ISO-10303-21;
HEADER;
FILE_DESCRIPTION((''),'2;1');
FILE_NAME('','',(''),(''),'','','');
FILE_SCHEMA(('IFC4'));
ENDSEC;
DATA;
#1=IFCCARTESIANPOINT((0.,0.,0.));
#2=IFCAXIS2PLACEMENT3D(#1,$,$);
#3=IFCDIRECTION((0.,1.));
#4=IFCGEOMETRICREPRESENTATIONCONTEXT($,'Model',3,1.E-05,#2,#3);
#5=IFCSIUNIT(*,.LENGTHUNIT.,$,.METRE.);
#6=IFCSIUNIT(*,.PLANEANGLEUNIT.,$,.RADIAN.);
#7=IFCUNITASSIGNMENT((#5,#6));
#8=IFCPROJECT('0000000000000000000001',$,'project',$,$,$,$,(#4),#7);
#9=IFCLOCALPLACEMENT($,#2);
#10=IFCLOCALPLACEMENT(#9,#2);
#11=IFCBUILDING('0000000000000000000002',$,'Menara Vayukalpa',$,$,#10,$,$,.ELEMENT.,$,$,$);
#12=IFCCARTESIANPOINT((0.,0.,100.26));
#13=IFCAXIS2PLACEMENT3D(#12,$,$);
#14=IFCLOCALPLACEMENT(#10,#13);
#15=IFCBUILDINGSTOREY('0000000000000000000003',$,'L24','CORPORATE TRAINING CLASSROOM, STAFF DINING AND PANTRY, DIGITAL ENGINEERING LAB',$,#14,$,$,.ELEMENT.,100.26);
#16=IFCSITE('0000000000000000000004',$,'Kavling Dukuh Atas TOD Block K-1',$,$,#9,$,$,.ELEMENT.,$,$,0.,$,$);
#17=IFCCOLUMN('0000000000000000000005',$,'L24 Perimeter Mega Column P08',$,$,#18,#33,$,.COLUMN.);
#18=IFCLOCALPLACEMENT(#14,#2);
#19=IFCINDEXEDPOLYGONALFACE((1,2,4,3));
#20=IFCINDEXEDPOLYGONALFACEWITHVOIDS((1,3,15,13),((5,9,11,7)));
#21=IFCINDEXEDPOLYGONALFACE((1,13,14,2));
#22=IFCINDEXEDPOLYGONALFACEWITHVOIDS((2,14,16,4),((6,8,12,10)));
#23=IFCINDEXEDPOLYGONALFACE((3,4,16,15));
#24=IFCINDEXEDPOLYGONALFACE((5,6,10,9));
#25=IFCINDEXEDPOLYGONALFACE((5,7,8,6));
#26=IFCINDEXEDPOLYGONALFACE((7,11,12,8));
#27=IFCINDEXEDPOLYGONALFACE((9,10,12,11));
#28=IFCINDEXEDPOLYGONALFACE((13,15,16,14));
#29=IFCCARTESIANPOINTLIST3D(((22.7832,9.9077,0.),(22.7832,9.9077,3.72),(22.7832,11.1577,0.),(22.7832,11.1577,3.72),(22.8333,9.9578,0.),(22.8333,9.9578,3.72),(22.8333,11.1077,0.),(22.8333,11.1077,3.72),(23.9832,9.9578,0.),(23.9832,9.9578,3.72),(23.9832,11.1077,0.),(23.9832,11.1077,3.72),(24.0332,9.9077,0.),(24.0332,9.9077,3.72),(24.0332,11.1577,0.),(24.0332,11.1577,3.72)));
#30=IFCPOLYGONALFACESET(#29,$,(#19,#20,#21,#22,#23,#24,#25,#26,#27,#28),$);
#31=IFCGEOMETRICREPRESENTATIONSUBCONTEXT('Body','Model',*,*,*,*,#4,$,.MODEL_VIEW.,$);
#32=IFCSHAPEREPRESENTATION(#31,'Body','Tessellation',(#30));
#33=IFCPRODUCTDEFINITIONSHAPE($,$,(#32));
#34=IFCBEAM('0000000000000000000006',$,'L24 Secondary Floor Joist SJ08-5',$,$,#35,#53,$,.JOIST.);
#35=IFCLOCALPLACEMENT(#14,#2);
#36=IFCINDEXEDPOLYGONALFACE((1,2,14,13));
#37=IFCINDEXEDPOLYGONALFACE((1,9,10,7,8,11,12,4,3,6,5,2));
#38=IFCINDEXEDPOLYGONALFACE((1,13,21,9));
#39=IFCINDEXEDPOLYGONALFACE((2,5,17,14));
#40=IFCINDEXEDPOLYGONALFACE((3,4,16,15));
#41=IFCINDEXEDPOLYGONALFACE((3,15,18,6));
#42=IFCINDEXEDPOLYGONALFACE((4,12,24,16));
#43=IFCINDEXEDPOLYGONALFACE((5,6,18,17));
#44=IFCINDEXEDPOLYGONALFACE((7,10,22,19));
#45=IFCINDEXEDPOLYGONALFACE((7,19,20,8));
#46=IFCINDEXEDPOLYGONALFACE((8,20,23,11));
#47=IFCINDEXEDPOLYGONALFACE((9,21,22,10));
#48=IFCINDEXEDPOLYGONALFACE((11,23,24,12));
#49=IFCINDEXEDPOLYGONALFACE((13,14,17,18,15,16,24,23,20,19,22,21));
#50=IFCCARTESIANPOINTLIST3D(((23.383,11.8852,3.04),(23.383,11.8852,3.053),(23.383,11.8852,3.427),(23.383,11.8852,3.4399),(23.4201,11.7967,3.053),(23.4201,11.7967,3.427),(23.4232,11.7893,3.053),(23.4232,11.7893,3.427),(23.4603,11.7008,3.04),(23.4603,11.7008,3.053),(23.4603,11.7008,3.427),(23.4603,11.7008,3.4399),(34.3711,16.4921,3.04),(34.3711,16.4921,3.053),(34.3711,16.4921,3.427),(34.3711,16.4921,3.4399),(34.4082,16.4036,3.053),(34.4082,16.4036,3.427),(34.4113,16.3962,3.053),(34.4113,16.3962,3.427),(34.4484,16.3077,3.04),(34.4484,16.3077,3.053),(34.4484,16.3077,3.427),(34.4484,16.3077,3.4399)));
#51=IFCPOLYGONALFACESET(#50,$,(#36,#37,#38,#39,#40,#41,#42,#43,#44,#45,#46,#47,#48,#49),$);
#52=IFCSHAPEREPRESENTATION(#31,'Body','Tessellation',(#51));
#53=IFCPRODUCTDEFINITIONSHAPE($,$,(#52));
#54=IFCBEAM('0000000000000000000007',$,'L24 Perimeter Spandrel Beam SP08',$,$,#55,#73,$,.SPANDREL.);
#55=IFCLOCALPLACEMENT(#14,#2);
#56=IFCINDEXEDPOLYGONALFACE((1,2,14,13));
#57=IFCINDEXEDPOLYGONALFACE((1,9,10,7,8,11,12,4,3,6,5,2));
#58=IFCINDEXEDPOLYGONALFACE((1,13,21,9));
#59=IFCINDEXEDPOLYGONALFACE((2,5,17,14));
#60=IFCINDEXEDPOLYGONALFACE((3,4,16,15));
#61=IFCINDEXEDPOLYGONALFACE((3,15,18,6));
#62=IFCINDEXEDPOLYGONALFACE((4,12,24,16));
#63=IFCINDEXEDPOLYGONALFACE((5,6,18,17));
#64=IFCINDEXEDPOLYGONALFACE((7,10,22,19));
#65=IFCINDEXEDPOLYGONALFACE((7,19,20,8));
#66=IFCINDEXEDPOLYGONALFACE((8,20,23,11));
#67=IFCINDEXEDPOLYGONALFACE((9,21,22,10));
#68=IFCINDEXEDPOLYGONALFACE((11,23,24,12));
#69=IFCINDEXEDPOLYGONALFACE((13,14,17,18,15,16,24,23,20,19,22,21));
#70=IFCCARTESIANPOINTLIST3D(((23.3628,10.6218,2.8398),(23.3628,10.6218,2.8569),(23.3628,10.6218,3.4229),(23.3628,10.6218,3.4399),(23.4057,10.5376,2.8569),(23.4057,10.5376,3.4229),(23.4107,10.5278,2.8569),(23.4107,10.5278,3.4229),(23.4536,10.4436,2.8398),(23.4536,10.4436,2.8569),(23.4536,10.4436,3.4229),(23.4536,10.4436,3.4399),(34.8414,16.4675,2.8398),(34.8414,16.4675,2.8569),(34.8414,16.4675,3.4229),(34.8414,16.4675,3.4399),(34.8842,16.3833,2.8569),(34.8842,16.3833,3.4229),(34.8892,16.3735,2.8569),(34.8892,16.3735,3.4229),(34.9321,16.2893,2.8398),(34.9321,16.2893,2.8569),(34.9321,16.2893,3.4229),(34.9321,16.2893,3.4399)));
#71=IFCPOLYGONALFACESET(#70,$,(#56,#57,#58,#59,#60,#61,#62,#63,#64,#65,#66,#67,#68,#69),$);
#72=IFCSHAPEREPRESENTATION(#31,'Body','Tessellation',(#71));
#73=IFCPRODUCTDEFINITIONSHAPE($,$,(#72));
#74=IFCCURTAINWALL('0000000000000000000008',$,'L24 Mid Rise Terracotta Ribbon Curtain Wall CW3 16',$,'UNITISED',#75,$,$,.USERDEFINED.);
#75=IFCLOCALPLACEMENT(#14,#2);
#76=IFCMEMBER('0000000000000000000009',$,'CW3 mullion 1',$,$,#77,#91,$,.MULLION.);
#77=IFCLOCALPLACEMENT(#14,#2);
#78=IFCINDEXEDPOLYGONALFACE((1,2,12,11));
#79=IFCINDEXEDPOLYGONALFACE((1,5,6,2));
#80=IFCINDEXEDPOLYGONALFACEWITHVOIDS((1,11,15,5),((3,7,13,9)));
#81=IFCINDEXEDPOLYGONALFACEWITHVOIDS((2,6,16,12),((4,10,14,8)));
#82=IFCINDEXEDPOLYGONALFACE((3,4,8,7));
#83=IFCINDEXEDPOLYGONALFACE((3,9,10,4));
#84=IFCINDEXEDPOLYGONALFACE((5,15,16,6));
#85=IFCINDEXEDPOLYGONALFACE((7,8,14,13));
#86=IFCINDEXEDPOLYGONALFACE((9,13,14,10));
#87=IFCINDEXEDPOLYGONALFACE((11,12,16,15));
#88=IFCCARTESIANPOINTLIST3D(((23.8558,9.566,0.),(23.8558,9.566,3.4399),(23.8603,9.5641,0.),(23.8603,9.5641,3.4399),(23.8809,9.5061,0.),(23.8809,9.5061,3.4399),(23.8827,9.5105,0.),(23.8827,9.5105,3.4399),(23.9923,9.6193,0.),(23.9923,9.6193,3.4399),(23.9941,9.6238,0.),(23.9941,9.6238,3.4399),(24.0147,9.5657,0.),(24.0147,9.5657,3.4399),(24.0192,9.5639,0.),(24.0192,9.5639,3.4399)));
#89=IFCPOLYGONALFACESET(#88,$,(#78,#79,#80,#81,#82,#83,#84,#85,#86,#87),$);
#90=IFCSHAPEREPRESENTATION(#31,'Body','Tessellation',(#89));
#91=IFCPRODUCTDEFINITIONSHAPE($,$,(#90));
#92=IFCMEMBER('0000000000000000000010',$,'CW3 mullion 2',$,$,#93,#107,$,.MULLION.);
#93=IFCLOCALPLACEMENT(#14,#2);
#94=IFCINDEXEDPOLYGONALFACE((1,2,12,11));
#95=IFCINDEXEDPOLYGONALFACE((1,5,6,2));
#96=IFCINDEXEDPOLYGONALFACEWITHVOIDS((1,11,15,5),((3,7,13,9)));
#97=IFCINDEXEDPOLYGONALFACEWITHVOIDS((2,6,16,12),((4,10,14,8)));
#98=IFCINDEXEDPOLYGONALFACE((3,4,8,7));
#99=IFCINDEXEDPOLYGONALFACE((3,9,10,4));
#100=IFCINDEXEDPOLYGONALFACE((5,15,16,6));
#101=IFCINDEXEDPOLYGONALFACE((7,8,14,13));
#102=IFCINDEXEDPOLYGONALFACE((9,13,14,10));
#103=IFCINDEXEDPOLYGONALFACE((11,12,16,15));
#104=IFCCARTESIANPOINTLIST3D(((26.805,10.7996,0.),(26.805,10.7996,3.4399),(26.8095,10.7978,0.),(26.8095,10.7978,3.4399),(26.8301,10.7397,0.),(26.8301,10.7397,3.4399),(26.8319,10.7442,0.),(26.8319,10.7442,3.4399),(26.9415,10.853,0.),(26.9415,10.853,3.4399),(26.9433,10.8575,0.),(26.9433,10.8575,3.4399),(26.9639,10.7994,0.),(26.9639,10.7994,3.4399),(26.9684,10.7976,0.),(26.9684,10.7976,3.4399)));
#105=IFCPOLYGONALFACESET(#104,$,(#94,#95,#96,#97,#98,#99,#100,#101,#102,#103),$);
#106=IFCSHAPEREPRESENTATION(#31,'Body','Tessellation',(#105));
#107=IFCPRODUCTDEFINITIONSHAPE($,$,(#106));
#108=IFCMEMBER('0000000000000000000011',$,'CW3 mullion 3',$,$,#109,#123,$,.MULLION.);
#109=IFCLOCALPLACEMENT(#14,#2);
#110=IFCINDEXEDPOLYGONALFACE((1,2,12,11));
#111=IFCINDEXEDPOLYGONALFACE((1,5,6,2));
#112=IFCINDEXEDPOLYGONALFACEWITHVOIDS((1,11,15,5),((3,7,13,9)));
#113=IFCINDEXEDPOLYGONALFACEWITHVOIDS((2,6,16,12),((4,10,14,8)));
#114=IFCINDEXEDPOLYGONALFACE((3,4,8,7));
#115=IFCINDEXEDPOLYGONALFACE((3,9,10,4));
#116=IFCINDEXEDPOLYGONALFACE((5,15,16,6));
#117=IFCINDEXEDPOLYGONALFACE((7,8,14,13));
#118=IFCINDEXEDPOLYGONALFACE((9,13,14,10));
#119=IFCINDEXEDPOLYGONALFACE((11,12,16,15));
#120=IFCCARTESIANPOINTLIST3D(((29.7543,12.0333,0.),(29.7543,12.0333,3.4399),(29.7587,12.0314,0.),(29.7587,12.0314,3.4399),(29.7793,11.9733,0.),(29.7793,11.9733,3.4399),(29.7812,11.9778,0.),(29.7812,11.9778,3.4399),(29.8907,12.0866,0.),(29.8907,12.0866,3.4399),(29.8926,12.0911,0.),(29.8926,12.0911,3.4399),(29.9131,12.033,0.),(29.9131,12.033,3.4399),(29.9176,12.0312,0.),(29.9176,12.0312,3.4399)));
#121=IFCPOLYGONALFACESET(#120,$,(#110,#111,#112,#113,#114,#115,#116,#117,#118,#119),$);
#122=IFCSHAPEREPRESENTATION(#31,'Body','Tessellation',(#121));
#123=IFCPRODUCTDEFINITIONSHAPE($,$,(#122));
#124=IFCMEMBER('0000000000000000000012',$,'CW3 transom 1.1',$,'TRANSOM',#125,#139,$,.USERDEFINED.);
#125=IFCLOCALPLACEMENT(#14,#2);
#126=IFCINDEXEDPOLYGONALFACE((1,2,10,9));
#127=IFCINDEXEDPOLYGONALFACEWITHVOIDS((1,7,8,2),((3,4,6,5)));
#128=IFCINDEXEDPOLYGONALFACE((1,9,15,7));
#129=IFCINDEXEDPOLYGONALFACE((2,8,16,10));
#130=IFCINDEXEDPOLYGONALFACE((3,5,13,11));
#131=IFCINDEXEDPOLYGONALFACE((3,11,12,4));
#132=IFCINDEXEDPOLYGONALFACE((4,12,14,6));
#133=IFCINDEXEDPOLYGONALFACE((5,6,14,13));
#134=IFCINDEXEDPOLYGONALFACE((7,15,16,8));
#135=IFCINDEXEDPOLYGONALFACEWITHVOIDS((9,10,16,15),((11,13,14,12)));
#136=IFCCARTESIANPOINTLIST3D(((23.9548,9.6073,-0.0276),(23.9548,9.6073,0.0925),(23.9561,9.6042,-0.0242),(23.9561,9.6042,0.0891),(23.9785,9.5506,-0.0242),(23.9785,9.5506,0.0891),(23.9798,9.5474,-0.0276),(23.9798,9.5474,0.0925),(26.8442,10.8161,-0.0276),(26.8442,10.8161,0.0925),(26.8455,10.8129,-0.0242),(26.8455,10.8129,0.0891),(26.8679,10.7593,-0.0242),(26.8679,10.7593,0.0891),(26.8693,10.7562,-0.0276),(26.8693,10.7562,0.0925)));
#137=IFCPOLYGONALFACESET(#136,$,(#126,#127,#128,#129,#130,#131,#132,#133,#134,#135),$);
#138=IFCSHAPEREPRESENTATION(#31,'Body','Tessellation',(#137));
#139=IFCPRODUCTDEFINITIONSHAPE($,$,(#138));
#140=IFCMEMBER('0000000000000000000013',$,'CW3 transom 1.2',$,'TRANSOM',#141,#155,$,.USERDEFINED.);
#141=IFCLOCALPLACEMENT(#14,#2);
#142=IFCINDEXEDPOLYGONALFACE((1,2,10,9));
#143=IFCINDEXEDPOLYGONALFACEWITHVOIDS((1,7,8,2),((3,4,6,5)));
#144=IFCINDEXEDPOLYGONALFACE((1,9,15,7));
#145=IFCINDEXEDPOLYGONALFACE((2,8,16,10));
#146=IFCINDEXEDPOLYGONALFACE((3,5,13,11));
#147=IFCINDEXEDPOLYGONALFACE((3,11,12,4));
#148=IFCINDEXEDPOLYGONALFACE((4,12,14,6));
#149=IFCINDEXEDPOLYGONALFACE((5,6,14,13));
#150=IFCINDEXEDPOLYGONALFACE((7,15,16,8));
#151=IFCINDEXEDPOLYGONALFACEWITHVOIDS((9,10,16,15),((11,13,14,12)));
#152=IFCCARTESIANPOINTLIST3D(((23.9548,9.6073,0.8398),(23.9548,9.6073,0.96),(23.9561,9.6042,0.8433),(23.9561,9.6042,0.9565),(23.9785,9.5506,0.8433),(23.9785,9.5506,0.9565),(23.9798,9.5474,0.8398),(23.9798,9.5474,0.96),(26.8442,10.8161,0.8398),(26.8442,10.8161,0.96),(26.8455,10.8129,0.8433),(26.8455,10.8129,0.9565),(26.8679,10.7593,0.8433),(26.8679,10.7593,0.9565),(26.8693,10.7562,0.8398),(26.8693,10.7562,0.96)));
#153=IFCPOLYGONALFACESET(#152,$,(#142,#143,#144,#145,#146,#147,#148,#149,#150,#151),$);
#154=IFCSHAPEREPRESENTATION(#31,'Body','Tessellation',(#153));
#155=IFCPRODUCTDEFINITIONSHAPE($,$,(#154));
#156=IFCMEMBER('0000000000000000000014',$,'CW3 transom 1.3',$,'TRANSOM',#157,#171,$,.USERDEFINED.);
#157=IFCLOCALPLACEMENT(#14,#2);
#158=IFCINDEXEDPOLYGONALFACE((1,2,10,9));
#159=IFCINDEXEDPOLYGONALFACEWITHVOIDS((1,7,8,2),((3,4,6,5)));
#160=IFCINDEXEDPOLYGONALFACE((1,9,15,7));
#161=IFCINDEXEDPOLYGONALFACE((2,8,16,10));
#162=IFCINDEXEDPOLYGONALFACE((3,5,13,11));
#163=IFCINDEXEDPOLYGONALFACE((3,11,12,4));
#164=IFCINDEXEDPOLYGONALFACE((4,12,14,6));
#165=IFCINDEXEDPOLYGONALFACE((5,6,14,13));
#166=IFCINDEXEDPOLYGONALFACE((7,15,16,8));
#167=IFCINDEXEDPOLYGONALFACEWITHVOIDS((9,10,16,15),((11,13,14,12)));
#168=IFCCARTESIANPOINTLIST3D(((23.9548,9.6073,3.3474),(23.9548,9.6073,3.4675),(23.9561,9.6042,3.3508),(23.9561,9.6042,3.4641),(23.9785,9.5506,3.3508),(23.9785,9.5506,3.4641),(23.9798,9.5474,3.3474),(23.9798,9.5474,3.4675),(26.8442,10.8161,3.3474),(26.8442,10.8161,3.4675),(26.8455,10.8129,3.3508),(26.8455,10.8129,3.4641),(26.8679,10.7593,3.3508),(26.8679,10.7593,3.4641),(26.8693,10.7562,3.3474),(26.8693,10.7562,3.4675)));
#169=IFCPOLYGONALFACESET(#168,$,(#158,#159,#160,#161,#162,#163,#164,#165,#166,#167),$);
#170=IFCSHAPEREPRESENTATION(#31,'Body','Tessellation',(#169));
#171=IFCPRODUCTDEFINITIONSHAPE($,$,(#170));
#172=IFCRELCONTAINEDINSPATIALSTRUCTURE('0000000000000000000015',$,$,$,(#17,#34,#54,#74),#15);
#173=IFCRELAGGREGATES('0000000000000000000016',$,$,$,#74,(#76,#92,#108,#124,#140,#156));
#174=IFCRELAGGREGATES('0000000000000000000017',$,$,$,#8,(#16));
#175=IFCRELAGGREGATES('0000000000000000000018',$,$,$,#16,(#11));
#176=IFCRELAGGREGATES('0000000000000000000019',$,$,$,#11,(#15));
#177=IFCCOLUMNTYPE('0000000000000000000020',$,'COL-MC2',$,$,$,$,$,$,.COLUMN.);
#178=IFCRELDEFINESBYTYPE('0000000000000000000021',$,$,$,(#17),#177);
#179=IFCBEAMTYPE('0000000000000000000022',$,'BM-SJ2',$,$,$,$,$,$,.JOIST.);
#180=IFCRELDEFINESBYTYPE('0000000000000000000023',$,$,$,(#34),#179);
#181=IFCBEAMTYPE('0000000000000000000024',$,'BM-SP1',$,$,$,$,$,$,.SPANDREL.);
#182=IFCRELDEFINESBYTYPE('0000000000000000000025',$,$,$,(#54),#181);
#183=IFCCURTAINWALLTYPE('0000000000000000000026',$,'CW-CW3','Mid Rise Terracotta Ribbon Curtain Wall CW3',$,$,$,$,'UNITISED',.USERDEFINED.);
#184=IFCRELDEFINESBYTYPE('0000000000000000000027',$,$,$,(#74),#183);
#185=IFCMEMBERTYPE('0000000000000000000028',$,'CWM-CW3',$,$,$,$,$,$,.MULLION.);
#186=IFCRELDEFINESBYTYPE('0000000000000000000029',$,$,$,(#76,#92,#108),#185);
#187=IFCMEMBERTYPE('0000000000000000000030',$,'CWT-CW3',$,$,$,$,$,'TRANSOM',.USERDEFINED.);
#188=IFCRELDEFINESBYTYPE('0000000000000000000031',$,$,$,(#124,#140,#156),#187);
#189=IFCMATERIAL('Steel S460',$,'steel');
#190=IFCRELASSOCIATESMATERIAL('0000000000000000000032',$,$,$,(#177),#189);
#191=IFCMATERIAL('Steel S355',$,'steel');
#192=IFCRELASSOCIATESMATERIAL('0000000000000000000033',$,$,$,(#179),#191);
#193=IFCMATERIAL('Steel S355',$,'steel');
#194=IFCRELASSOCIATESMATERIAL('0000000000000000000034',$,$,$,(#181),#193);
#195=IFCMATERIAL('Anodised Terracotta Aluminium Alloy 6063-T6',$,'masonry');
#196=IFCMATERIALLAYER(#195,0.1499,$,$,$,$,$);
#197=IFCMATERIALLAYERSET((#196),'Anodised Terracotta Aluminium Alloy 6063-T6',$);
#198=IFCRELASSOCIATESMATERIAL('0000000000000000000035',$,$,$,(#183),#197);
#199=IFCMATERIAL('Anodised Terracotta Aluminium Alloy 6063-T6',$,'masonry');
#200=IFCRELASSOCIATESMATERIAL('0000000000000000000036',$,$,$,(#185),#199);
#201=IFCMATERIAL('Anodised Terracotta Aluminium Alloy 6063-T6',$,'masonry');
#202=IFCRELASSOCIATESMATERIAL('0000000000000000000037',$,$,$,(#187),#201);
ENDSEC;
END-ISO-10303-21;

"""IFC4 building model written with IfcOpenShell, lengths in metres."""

from ifc_helpers import new_model, si_unit, direction, frame, origin, origin_2d, place, context, subcontext, project, spatial, hollow_rectangle, i_section, extrude, material, layer, layer_set, material_profile, profile_set, type_object, element, aggregate, save


model = new_model("IFC4")

# Units and contexts
model_context = context("Model", 3, precision=1e-05, world=origin(), true_north=direction((0.0, 1.0)))
body_context = subcontext(model_context, "Body", "Model", "MODEL_VIEW")
ifc_project = project(units=[si_unit("LENGTHUNIT", "METRE"), si_unit("PLANEANGLEUNIT", "RADIAN")], contexts=[model_context])

# Site, building, storey
site_placement = place(None, origin())
site = spatial("IfcSite", under=ifc_project, at=site_placement, Name="Kavling Dukuh Atas TOD Block K-1", CompositionType="ELEMENT", RefElevation=0.0)
building_placement = place(site_placement, origin())
building = spatial("IfcBuilding", under=site, at=building_placement, Name="Menara Vayukalpa", CompositionType="ELEMENT")
storey_placement = place(building_placement, frame((0.0, 0.0, 100.26)))
storey = spatial("IfcBuildingStorey", under=building, at=storey_placement, Name="L24", Description="CORPORATE TRAINING CLASSROOM, STAFF DINING AND PANTRY, DIGITAL ENGINEERING LAB", CompositionType="ELEMENT", Elevation=100.26)

# Column
ifc_material_1 = material(Name="Steel S460", Category="steel")
ifc_material_profile_1 = material_profile(ifc_material_1, hollow_rectangle(XDim=1.25, YDim=1.25, WallThickness=0.05, at=origin_2d()), Name="BOX 1250x1250x50")
ifc_profile_set_1 = profile_set([ifc_material_profile_1], Name="Steel S460")
column_type = type_object("IfcColumnType", Name="COL-MC2", PredefinedType="COLUMN", material=ifc_profile_set_1)
column_placement = place(storey_placement, frame((23.4082, 10.5327, 0.0), z_axis=(0.0, 0.0, 1.0), x_axis=(1.0, 0.0, 0.0)))
element("IfcColumn", 1, at=column_placement, inside=storey, type_object=column_type, Name="L24 Perimeter Mega Column P08", PredefinedType="COLUMN", context=body_context, shape_type="SweptSolid", body=[
    extrude(hollow_rectangle(XDim=1.25, YDim=1.25, WallThickness=0.05, at=origin_2d()), origin(), (0.0, 0.0, 1.0), 3.72),
])

# Beams
ifc_material_2 = material(Name="Steel S355", Category="steel")
ifc_material_profile_2 = material_profile(ifc_material_2, i_section(OverallWidth=0.2, OverallDepth=0.3999, WebThickness=0.0081, FlangeThickness=0.0129, at=origin_2d()), Name="WF 400x200x8x13")
ifc_profile_set_2 = profile_set([ifc_material_profile_2], Name="Steel S355")
beam_type_1 = type_object("IfcBeamType", Name="BM-SJ2", PredefinedType="JOIST", material=ifc_profile_set_2)
beam_1_placement = place(storey_placement, frame((23.4216, 11.793, 3.24), z_axis=(0.922223, 0.386659, 0.0), x_axis=(-0.386659, 0.922223, 0.0)))
element("IfcBeam", 2, at=beam_1_placement, inside=storey, type_object=beam_type_1, Name="L24 Secondary Floor Joist SJ08-5", PredefinedType="JOIST", context=body_context, shape_type="SweptSolid", body=[
    extrude(i_section(OverallWidth=0.2, OverallDepth=0.3999, WebThickness=0.0081, FlangeThickness=0.0129, at=origin_2d()), origin(), (0.0, 0.0, 1.0), 11.9148),
])
ifc_material_3 = material(Name="Steel S355", Category="steel")
ifc_material_profile_3 = material_profile(ifc_material_3, i_section(OverallWidth=0.2, OverallDepth=0.6001, WebThickness=0.011, FlangeThickness=0.0171, at=origin_2d()), Name="WF 600x200x11x17")
ifc_profile_set_3 = profile_set([ifc_material_profile_3], Name="Steel S355")
beam_type_2 = type_object("IfcBeamType", Name="BM-SP1", PredefinedType="SPANDREL", material=ifc_profile_set_3)
beam_2_placement = place(storey_placement, frame((23.4082, 10.5327, 3.1399), z_axis=(0.891097, 0.453812, 0.0), x_axis=(-0.453812, 0.891097, 0.0)))
element("IfcBeam", 3, at=beam_2_placement, inside=storey, type_object=beam_type_2, Name="L24 Perimeter Spandrel Beam SP08", PredefinedType="SPANDREL", context=body_context, shape_type="SweptSolid", body=[
    extrude(i_section(OverallWidth=0.2, OverallDepth=0.6001, WebThickness=0.011, FlangeThickness=0.0171, at=origin_2d()), origin(), (0.0, 0.0, 1.0), 12.8813),
])

# Curtain wall, members
ifc_material_4 = material(Name="Anodised Terracotta Aluminium Alloy 6063-T6", Category="masonry")
ifc_layer_1 = layer(ifc_material_4, 0.1499)
ifc_layer_set_1 = layer_set([ifc_layer_1], Name="Anodised Terracotta Aluminium Alloy 6063-T6")
curtain_wall_type = type_object("IfcCurtainWallType", Name="CW-CW3", Description="Mid Rise Terracotta Ribbon Curtain Wall CW3", ElementType="UNITISED", PredefinedType="USERDEFINED", material=ifc_layer_set_1)
curtain_wall_placement = place(storey_placement, origin())
curtain_wall = element("IfcCurtainWall", 4, at=curtain_wall_placement, inside=storey, type_object=curtain_wall_type, Name="L24 Mid Rise Terracotta Ribbon Curtain Wall CW3 16", ObjectType="UNITISED", PredefinedType="USERDEFINED")
ifc_material_5 = material(Name="Anodised Terracotta Aluminium Alloy 6063-T6", Category="masonry")
ifc_material_profile_4 = material_profile(ifc_material_5, hollow_rectangle(XDim=0.0649, YDim=0.1499, WallThickness=0.0034, at=origin_2d()), Name="ALU 65x150x3.5")
ifc_profile_set_4 = profile_set([ifc_material_profile_4], Name="Anodised Terracotta Aluminium Alloy 6063-T6")
member_type_1 = type_object("IfcMemberType", Name="CWM-CW3", PredefinedType="MULLION", material=ifc_profile_set_4)
member_1_placement = place(storey_placement, frame((23.9375, 9.5649, 0.0), z_axis=(0.0, 0.0, 1.0), x_axis=(-0.385894, 0.922543, 0.0)))
member_1 = element("IfcMember", 5, at=member_1_placement, type_object=member_type_1, Name="CW3 mullion 1", PredefinedType="MULLION", context=body_context, shape_type="SweptSolid", body=[
    extrude(hollow_rectangle(XDim=0.0649, YDim=0.1499, WallThickness=0.0034, at=origin_2d()), origin(), (0.0, 0.0, 1.0), 3.4399),
])
member_2_placement = place(storey_placement, frame((26.8867, 10.7986, 0.0), z_axis=(0.0, 0.0, 1.0), x_axis=(-0.385894, 0.922543, 0.0)))
member_2 = element("IfcMember", 6, at=member_2_placement, type_object=member_type_1, Name="CW3 mullion 2", PredefinedType="MULLION", context=body_context, shape_type="SweptSolid", body=[
    extrude(hollow_rectangle(XDim=0.0649, YDim=0.1499, WallThickness=0.0034, at=origin_2d()), origin(), (0.0, 0.0, 1.0), 3.4399),
])
member_3_placement = place(storey_placement, frame((29.8359, 12.0322, 0.0), z_axis=(0.0, 0.0, 1.0), x_axis=(-0.385894, 0.922543, 0.0)))
member_3 = element("IfcMember", 7, at=member_3_placement, type_object=member_type_1, Name="CW3 mullion 3", PredefinedType="MULLION", context=body_context, shape_type="SweptSolid", body=[
    extrude(hollow_rectangle(XDim=0.0649, YDim=0.1499, WallThickness=0.0034, at=origin_2d()), origin(), (0.0, 0.0, 1.0), 3.4399),
])
ifc_material_6 = material(Name="Anodised Terracotta Aluminium Alloy 6063-T6", Category="masonry")
ifc_material_profile_5 = material_profile(ifc_material_6, hollow_rectangle(XDim=0.0649, YDim=0.1201, WallThickness=0.0034, at=origin_2d()), Name="ALU 65x120x3.5")
ifc_profile_set_5 = profile_set([ifc_material_profile_5], Name="Anodised Terracotta Aluminium Alloy 6063-T6")
member_type_2 = type_object("IfcMemberType", Name="CWT-CW3", ElementType="TRANSOM", PredefinedType="USERDEFINED", material=ifc_profile_set_5)
member_4_placement = place(storey_placement, frame((23.9673, 9.5774, 0.0325), z_axis=(0.922529, 0.385927, 0.0), x_axis=(-0.385927, 0.922529, 0.0)))
member_4 = element("IfcMember", 8, at=member_4_placement, type_object=member_type_2, Name="CW3 transom 1.1", ObjectType="TRANSOM", PredefinedType="USERDEFINED", context=body_context, shape_type="SweptSolid", body=[
    extrude(hollow_rectangle(XDim=0.0649, YDim=0.1201, WallThickness=0.0034, at=origin_2d()), origin(), (0.0, 0.0, 1.0), 3.1321),
])
member_5_placement = place(storey_placement, frame((23.9673, 9.5774, 0.8999), z_axis=(0.922529, 0.385927, 0.0), x_axis=(-0.385927, 0.922529, 0.0)))
member_5 = element("IfcMember", 9, at=member_5_placement, type_object=member_type_2, Name="CW3 transom 1.2", ObjectType="TRANSOM", PredefinedType="USERDEFINED", context=body_context, shape_type="SweptSolid", body=[
    extrude(hollow_rectangle(XDim=0.0649, YDim=0.1201, WallThickness=0.0034, at=origin_2d()), origin(), (0.0, 0.0, 1.0), 3.1321),
])
member_6_placement = place(storey_placement, frame((23.9673, 9.5774, 3.4075), z_axis=(0.922529, 0.385927, 0.0), x_axis=(-0.385927, 0.922529, 0.0)))
member_6 = element("IfcMember", 10, at=member_6_placement, type_object=member_type_2, Name="CW3 transom 1.3", ObjectType="TRANSOM", PredefinedType="USERDEFINED", context=body_context, shape_type="SweptSolid", body=[
    extrude(hollow_rectangle(XDim=0.0649, YDim=0.1201, WallThickness=0.0034, at=origin_2d()), origin(), (0.0, 0.0, 1.0), 3.1321),
])
aggregate(curtain_wall, [member_1, member_2, member_3, member_4, member_5, member_6])

save(model, "model.ifc")
